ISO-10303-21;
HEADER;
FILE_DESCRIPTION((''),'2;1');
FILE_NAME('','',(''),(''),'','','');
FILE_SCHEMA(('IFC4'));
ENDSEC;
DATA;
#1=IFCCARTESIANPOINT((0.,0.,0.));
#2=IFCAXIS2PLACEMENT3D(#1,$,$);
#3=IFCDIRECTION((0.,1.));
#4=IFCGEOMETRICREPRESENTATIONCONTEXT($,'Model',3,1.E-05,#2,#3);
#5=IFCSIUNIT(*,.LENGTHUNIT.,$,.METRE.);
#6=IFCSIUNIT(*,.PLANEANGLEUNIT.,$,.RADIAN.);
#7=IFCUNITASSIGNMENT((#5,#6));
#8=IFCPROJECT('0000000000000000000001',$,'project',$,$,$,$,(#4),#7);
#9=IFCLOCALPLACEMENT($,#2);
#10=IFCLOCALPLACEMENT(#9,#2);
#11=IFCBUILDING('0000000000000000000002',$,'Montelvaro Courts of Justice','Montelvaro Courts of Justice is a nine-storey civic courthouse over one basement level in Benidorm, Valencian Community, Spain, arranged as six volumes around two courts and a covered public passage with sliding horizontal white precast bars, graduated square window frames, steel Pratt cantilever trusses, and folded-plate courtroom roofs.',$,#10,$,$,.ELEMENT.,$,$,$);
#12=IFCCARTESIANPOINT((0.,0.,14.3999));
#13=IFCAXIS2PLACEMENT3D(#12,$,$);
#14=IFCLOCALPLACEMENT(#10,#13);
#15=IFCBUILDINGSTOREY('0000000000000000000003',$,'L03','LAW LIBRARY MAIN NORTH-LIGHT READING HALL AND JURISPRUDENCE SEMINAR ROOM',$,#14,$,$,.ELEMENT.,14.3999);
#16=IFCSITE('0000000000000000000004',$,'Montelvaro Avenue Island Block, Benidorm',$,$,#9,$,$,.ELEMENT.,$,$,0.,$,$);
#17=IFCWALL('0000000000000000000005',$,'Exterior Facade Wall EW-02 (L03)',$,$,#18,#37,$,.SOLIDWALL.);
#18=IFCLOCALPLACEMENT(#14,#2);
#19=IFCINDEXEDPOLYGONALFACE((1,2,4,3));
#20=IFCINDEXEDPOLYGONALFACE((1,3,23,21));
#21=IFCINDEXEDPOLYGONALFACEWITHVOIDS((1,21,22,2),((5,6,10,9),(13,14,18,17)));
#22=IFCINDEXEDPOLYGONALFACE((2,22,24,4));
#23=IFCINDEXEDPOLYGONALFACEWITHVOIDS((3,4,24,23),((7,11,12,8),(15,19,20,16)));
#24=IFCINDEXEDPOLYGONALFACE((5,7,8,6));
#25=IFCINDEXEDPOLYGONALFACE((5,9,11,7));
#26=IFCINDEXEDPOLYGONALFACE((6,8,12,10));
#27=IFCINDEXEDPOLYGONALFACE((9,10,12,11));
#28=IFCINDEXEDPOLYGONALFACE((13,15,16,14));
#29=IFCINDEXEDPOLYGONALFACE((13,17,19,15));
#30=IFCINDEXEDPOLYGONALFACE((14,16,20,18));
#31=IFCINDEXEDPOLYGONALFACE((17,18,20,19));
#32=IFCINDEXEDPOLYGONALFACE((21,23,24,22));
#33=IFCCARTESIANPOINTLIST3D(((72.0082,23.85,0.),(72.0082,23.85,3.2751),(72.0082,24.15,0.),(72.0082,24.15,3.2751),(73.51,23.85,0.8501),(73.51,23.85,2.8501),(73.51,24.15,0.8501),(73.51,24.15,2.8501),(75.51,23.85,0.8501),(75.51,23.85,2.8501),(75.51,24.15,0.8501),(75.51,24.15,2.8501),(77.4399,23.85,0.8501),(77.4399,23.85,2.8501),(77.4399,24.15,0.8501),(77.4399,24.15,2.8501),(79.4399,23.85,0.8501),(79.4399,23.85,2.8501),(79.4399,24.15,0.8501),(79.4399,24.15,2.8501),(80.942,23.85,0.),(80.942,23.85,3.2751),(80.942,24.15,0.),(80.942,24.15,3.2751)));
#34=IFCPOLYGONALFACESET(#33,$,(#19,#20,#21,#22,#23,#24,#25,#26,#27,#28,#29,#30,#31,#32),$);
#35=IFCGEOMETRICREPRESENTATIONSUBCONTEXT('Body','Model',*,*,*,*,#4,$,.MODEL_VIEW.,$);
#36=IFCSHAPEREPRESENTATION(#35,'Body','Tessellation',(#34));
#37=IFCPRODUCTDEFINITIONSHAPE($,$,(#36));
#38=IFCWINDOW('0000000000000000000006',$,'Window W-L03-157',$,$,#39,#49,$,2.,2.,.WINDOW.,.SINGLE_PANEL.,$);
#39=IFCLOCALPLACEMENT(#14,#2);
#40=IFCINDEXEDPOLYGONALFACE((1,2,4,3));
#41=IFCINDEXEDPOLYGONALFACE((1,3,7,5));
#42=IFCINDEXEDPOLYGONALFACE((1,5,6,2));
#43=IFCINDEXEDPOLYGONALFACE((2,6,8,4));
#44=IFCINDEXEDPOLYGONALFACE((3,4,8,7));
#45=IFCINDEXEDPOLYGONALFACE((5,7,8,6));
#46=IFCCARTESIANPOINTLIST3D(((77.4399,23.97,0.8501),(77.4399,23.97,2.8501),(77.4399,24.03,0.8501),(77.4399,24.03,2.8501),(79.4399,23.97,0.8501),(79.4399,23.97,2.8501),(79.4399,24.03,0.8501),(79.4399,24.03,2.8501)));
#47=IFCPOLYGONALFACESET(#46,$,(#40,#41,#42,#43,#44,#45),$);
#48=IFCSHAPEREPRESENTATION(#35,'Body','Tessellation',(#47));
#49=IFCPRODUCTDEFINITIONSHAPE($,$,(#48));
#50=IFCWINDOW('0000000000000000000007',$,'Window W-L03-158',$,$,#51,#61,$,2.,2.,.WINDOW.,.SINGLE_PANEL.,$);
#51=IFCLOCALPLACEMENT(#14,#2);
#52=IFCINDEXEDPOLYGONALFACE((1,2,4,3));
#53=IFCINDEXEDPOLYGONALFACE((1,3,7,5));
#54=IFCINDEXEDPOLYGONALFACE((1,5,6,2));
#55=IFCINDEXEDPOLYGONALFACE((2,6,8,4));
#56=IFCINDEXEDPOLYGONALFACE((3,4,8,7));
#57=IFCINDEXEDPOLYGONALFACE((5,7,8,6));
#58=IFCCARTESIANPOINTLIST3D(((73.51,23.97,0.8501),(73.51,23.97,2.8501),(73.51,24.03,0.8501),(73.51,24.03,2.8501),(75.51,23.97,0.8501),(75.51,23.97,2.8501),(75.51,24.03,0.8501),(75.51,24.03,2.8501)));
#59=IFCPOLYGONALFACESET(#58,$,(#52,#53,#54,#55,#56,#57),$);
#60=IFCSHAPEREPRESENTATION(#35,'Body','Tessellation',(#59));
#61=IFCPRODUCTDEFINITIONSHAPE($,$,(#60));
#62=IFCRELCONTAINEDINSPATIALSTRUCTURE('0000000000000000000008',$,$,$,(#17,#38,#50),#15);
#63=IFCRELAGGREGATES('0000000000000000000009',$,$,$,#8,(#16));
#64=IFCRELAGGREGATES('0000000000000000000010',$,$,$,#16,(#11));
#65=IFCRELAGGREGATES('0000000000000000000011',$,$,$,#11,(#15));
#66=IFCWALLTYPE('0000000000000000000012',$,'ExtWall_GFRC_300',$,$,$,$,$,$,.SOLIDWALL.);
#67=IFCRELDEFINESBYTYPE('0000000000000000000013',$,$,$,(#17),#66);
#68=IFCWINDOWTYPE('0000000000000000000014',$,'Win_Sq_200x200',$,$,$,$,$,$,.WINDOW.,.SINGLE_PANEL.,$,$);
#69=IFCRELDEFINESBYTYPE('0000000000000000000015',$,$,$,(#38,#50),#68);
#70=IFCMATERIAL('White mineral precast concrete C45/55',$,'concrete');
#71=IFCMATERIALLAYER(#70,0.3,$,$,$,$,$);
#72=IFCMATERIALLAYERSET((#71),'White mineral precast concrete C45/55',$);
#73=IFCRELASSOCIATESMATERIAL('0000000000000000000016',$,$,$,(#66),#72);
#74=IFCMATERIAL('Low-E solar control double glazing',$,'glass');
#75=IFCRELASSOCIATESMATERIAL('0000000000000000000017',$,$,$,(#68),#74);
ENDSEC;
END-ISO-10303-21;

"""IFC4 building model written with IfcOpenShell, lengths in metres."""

from ifc_helpers import new_model, si_unit, direction, frame, frame_2d, origin, place, context, subcontext, project, spatial, rectangle, extrude, material, layer, layer_set, type_object, element, fill, save


model = new_model("IFC4")

# Units and contexts
model_context = context("Model", 3, precision=1e-05, world=origin(), true_north=direction((0.0, 1.0)))
body_context = subcontext(model_context, "Body", "Model", "MODEL_VIEW")
ifc_project = project(units=[si_unit("LENGTHUNIT", "METRE"), si_unit("PLANEANGLEUNIT", "RADIAN")], contexts=[model_context])

# Site, building, storey
site_placement = place(None, origin())
site = spatial("IfcSite", under=ifc_project, at=site_placement, Name="Montelvaro Avenue Island Block, Benidorm", CompositionType="ELEMENT", RefElevation=0.0)
building_placement = place(site_placement, origin())
building = spatial("IfcBuilding", under=site, at=building_placement, Name="Montelvaro Courts of Justice", Description="Montelvaro Courts of Justice is a nine-storey civic courthouse over one basement level in Benidorm, Valencian Community, Spain, arranged as six volumes around two courts and a covered public passage with sliding horizontal white precast bars, graduated square window frames, steel Pratt cantilever trusses, and folded-plate courtroom roofs.", CompositionType="ELEMENT")
storey_placement = place(building_placement, frame((0.0, 0.0, 14.3999)))
storey = spatial("IfcBuildingStorey", under=building, at=storey_placement, Name="L03", Description="LAW LIBRARY MAIN NORTH-LIGHT READING HALL AND JURISPRUDENCE SEMINAR ROOM", CompositionType="ELEMENT", Elevation=14.3999)

# Shared definitions
ifc_material_1 = material(Name="White mineral precast concrete C45/55", Category="concrete")

# Shared definitions
ifc_layer_1 = layer(ifc_material_1, 0.3)
ifc_layer_set_1 = layer_set([ifc_layer_1], Name="White mineral precast concrete C45/55")
wall_type_1 = type_object("IfcWallType", Name="ExtWall_GFRC_300", PredefinedType="SOLIDWALL", material=ifc_layer_set_1)

# Wall, openings, windows
wall_1_placement = place(storey_placement, frame((80.9419, 24.0, 0.0), z_axis=(0.0, 0.0, 1.0), x_axis=(-1.0, 0.0, 0.0)))
wall_1 = element("IfcWall", 1, at=wall_1_placement, inside=storey, type_object=wall_type_1, Name="Exterior Facade Wall EW-02 (L03)", PredefinedType="SOLIDWALL", context=body_context, shape_type="SweptSolid", body=[
    extrude(rectangle(XDim=8.9338, YDim=0.3, at=frame_2d((4.4668, 0.0))), origin(), (0.0, 0.0, 1.0), 3.2751),
])
opening_1_placement = place(wall_1_placement, frame((1.502, 0.0, 0.8501)))
opening_1 = element("IfcOpeningElement", 2, at=opening_1_placement, cuts=wall_1, PredefinedType="OPENING", context=body_context, shape_type="SweptSolid", body=[
    extrude(rectangle(XDim=2.0, YDim=2.0, at=frame_2d((1.0, 1.0))), frame((0.0, 0.165, 0.0), z_axis=(0.0, -1.0, 0.0), x_axis=(1.0, 0.0, 0.0)), (0.0, 0.0, 1.0), 0.3298),
])
opening_2_placement = place(wall_1_placement, frame((5.4319, 0.0, 0.8501)))
opening_2 = element("IfcOpeningElement", 3, at=opening_2_placement, cuts=wall_1, PredefinedType="OPENING", context=body_context, shape_type="SweptSolid", body=[
    extrude(rectangle(XDim=2.0, YDim=2.0, at=frame_2d((1.0, 1.0))), frame((0.0, 0.165, 0.0), z_axis=(0.0, -1.0, 0.0), x_axis=(1.0, 0.0, 0.0)), (0.0, 0.0, 1.0), 0.3298),
])
ifc_material_2 = material(Name="Low-E solar control double glazing", Category="glass")
window_type = type_object("IfcWindowType", Name="Win_Sq_200x200", PartitioningType="SINGLE_PANEL", PredefinedType="WINDOW", material=ifc_material_2)
window_1_placement = place(opening_1_placement, origin())
window_1 = element("IfcWindow", 4, at=window_1_placement, inside=storey, type_object=window_type, Name="Window W-L03-157", OverallHeight=2.0, OverallWidth=2.0, PartitioningType="SINGLE_PANEL", PredefinedType="WINDOW", context=body_context, shape_type="SweptSolid", body=[
    extrude(rectangle(XDim=2.0, YDim=2.0, at=frame_2d((1.0, 1.0))), frame((0.0, 0.03, 0.0), z_axis=(0.0, -1.0, 0.0), x_axis=(1.0, 0.0, 0.0)), (0.0, 0.0, 1.0), 0.0601),
])
fill(opening_1, window_1)
window_2_placement = place(opening_2_placement, origin())
window_2 = element("IfcWindow", 5, at=window_2_placement, inside=storey, type_object=window_type, Name="Window W-L03-158", OverallHeight=2.0, OverallWidth=2.0, PartitioningType="SINGLE_PANEL", PredefinedType="WINDOW", context=body_context, shape_type="SweptSolid", body=[
    extrude(rectangle(XDim=2.0, YDim=2.0, at=frame_2d((1.0, 1.0))), frame((0.0, 0.03, 0.0), z_axis=(0.0, -1.0, 0.0), x_axis=(1.0, 0.0, 0.0)), (0.0, 0.0, 1.0), 0.0601),
])
fill(opening_2, window_2)

save(model, "model.ifc")
